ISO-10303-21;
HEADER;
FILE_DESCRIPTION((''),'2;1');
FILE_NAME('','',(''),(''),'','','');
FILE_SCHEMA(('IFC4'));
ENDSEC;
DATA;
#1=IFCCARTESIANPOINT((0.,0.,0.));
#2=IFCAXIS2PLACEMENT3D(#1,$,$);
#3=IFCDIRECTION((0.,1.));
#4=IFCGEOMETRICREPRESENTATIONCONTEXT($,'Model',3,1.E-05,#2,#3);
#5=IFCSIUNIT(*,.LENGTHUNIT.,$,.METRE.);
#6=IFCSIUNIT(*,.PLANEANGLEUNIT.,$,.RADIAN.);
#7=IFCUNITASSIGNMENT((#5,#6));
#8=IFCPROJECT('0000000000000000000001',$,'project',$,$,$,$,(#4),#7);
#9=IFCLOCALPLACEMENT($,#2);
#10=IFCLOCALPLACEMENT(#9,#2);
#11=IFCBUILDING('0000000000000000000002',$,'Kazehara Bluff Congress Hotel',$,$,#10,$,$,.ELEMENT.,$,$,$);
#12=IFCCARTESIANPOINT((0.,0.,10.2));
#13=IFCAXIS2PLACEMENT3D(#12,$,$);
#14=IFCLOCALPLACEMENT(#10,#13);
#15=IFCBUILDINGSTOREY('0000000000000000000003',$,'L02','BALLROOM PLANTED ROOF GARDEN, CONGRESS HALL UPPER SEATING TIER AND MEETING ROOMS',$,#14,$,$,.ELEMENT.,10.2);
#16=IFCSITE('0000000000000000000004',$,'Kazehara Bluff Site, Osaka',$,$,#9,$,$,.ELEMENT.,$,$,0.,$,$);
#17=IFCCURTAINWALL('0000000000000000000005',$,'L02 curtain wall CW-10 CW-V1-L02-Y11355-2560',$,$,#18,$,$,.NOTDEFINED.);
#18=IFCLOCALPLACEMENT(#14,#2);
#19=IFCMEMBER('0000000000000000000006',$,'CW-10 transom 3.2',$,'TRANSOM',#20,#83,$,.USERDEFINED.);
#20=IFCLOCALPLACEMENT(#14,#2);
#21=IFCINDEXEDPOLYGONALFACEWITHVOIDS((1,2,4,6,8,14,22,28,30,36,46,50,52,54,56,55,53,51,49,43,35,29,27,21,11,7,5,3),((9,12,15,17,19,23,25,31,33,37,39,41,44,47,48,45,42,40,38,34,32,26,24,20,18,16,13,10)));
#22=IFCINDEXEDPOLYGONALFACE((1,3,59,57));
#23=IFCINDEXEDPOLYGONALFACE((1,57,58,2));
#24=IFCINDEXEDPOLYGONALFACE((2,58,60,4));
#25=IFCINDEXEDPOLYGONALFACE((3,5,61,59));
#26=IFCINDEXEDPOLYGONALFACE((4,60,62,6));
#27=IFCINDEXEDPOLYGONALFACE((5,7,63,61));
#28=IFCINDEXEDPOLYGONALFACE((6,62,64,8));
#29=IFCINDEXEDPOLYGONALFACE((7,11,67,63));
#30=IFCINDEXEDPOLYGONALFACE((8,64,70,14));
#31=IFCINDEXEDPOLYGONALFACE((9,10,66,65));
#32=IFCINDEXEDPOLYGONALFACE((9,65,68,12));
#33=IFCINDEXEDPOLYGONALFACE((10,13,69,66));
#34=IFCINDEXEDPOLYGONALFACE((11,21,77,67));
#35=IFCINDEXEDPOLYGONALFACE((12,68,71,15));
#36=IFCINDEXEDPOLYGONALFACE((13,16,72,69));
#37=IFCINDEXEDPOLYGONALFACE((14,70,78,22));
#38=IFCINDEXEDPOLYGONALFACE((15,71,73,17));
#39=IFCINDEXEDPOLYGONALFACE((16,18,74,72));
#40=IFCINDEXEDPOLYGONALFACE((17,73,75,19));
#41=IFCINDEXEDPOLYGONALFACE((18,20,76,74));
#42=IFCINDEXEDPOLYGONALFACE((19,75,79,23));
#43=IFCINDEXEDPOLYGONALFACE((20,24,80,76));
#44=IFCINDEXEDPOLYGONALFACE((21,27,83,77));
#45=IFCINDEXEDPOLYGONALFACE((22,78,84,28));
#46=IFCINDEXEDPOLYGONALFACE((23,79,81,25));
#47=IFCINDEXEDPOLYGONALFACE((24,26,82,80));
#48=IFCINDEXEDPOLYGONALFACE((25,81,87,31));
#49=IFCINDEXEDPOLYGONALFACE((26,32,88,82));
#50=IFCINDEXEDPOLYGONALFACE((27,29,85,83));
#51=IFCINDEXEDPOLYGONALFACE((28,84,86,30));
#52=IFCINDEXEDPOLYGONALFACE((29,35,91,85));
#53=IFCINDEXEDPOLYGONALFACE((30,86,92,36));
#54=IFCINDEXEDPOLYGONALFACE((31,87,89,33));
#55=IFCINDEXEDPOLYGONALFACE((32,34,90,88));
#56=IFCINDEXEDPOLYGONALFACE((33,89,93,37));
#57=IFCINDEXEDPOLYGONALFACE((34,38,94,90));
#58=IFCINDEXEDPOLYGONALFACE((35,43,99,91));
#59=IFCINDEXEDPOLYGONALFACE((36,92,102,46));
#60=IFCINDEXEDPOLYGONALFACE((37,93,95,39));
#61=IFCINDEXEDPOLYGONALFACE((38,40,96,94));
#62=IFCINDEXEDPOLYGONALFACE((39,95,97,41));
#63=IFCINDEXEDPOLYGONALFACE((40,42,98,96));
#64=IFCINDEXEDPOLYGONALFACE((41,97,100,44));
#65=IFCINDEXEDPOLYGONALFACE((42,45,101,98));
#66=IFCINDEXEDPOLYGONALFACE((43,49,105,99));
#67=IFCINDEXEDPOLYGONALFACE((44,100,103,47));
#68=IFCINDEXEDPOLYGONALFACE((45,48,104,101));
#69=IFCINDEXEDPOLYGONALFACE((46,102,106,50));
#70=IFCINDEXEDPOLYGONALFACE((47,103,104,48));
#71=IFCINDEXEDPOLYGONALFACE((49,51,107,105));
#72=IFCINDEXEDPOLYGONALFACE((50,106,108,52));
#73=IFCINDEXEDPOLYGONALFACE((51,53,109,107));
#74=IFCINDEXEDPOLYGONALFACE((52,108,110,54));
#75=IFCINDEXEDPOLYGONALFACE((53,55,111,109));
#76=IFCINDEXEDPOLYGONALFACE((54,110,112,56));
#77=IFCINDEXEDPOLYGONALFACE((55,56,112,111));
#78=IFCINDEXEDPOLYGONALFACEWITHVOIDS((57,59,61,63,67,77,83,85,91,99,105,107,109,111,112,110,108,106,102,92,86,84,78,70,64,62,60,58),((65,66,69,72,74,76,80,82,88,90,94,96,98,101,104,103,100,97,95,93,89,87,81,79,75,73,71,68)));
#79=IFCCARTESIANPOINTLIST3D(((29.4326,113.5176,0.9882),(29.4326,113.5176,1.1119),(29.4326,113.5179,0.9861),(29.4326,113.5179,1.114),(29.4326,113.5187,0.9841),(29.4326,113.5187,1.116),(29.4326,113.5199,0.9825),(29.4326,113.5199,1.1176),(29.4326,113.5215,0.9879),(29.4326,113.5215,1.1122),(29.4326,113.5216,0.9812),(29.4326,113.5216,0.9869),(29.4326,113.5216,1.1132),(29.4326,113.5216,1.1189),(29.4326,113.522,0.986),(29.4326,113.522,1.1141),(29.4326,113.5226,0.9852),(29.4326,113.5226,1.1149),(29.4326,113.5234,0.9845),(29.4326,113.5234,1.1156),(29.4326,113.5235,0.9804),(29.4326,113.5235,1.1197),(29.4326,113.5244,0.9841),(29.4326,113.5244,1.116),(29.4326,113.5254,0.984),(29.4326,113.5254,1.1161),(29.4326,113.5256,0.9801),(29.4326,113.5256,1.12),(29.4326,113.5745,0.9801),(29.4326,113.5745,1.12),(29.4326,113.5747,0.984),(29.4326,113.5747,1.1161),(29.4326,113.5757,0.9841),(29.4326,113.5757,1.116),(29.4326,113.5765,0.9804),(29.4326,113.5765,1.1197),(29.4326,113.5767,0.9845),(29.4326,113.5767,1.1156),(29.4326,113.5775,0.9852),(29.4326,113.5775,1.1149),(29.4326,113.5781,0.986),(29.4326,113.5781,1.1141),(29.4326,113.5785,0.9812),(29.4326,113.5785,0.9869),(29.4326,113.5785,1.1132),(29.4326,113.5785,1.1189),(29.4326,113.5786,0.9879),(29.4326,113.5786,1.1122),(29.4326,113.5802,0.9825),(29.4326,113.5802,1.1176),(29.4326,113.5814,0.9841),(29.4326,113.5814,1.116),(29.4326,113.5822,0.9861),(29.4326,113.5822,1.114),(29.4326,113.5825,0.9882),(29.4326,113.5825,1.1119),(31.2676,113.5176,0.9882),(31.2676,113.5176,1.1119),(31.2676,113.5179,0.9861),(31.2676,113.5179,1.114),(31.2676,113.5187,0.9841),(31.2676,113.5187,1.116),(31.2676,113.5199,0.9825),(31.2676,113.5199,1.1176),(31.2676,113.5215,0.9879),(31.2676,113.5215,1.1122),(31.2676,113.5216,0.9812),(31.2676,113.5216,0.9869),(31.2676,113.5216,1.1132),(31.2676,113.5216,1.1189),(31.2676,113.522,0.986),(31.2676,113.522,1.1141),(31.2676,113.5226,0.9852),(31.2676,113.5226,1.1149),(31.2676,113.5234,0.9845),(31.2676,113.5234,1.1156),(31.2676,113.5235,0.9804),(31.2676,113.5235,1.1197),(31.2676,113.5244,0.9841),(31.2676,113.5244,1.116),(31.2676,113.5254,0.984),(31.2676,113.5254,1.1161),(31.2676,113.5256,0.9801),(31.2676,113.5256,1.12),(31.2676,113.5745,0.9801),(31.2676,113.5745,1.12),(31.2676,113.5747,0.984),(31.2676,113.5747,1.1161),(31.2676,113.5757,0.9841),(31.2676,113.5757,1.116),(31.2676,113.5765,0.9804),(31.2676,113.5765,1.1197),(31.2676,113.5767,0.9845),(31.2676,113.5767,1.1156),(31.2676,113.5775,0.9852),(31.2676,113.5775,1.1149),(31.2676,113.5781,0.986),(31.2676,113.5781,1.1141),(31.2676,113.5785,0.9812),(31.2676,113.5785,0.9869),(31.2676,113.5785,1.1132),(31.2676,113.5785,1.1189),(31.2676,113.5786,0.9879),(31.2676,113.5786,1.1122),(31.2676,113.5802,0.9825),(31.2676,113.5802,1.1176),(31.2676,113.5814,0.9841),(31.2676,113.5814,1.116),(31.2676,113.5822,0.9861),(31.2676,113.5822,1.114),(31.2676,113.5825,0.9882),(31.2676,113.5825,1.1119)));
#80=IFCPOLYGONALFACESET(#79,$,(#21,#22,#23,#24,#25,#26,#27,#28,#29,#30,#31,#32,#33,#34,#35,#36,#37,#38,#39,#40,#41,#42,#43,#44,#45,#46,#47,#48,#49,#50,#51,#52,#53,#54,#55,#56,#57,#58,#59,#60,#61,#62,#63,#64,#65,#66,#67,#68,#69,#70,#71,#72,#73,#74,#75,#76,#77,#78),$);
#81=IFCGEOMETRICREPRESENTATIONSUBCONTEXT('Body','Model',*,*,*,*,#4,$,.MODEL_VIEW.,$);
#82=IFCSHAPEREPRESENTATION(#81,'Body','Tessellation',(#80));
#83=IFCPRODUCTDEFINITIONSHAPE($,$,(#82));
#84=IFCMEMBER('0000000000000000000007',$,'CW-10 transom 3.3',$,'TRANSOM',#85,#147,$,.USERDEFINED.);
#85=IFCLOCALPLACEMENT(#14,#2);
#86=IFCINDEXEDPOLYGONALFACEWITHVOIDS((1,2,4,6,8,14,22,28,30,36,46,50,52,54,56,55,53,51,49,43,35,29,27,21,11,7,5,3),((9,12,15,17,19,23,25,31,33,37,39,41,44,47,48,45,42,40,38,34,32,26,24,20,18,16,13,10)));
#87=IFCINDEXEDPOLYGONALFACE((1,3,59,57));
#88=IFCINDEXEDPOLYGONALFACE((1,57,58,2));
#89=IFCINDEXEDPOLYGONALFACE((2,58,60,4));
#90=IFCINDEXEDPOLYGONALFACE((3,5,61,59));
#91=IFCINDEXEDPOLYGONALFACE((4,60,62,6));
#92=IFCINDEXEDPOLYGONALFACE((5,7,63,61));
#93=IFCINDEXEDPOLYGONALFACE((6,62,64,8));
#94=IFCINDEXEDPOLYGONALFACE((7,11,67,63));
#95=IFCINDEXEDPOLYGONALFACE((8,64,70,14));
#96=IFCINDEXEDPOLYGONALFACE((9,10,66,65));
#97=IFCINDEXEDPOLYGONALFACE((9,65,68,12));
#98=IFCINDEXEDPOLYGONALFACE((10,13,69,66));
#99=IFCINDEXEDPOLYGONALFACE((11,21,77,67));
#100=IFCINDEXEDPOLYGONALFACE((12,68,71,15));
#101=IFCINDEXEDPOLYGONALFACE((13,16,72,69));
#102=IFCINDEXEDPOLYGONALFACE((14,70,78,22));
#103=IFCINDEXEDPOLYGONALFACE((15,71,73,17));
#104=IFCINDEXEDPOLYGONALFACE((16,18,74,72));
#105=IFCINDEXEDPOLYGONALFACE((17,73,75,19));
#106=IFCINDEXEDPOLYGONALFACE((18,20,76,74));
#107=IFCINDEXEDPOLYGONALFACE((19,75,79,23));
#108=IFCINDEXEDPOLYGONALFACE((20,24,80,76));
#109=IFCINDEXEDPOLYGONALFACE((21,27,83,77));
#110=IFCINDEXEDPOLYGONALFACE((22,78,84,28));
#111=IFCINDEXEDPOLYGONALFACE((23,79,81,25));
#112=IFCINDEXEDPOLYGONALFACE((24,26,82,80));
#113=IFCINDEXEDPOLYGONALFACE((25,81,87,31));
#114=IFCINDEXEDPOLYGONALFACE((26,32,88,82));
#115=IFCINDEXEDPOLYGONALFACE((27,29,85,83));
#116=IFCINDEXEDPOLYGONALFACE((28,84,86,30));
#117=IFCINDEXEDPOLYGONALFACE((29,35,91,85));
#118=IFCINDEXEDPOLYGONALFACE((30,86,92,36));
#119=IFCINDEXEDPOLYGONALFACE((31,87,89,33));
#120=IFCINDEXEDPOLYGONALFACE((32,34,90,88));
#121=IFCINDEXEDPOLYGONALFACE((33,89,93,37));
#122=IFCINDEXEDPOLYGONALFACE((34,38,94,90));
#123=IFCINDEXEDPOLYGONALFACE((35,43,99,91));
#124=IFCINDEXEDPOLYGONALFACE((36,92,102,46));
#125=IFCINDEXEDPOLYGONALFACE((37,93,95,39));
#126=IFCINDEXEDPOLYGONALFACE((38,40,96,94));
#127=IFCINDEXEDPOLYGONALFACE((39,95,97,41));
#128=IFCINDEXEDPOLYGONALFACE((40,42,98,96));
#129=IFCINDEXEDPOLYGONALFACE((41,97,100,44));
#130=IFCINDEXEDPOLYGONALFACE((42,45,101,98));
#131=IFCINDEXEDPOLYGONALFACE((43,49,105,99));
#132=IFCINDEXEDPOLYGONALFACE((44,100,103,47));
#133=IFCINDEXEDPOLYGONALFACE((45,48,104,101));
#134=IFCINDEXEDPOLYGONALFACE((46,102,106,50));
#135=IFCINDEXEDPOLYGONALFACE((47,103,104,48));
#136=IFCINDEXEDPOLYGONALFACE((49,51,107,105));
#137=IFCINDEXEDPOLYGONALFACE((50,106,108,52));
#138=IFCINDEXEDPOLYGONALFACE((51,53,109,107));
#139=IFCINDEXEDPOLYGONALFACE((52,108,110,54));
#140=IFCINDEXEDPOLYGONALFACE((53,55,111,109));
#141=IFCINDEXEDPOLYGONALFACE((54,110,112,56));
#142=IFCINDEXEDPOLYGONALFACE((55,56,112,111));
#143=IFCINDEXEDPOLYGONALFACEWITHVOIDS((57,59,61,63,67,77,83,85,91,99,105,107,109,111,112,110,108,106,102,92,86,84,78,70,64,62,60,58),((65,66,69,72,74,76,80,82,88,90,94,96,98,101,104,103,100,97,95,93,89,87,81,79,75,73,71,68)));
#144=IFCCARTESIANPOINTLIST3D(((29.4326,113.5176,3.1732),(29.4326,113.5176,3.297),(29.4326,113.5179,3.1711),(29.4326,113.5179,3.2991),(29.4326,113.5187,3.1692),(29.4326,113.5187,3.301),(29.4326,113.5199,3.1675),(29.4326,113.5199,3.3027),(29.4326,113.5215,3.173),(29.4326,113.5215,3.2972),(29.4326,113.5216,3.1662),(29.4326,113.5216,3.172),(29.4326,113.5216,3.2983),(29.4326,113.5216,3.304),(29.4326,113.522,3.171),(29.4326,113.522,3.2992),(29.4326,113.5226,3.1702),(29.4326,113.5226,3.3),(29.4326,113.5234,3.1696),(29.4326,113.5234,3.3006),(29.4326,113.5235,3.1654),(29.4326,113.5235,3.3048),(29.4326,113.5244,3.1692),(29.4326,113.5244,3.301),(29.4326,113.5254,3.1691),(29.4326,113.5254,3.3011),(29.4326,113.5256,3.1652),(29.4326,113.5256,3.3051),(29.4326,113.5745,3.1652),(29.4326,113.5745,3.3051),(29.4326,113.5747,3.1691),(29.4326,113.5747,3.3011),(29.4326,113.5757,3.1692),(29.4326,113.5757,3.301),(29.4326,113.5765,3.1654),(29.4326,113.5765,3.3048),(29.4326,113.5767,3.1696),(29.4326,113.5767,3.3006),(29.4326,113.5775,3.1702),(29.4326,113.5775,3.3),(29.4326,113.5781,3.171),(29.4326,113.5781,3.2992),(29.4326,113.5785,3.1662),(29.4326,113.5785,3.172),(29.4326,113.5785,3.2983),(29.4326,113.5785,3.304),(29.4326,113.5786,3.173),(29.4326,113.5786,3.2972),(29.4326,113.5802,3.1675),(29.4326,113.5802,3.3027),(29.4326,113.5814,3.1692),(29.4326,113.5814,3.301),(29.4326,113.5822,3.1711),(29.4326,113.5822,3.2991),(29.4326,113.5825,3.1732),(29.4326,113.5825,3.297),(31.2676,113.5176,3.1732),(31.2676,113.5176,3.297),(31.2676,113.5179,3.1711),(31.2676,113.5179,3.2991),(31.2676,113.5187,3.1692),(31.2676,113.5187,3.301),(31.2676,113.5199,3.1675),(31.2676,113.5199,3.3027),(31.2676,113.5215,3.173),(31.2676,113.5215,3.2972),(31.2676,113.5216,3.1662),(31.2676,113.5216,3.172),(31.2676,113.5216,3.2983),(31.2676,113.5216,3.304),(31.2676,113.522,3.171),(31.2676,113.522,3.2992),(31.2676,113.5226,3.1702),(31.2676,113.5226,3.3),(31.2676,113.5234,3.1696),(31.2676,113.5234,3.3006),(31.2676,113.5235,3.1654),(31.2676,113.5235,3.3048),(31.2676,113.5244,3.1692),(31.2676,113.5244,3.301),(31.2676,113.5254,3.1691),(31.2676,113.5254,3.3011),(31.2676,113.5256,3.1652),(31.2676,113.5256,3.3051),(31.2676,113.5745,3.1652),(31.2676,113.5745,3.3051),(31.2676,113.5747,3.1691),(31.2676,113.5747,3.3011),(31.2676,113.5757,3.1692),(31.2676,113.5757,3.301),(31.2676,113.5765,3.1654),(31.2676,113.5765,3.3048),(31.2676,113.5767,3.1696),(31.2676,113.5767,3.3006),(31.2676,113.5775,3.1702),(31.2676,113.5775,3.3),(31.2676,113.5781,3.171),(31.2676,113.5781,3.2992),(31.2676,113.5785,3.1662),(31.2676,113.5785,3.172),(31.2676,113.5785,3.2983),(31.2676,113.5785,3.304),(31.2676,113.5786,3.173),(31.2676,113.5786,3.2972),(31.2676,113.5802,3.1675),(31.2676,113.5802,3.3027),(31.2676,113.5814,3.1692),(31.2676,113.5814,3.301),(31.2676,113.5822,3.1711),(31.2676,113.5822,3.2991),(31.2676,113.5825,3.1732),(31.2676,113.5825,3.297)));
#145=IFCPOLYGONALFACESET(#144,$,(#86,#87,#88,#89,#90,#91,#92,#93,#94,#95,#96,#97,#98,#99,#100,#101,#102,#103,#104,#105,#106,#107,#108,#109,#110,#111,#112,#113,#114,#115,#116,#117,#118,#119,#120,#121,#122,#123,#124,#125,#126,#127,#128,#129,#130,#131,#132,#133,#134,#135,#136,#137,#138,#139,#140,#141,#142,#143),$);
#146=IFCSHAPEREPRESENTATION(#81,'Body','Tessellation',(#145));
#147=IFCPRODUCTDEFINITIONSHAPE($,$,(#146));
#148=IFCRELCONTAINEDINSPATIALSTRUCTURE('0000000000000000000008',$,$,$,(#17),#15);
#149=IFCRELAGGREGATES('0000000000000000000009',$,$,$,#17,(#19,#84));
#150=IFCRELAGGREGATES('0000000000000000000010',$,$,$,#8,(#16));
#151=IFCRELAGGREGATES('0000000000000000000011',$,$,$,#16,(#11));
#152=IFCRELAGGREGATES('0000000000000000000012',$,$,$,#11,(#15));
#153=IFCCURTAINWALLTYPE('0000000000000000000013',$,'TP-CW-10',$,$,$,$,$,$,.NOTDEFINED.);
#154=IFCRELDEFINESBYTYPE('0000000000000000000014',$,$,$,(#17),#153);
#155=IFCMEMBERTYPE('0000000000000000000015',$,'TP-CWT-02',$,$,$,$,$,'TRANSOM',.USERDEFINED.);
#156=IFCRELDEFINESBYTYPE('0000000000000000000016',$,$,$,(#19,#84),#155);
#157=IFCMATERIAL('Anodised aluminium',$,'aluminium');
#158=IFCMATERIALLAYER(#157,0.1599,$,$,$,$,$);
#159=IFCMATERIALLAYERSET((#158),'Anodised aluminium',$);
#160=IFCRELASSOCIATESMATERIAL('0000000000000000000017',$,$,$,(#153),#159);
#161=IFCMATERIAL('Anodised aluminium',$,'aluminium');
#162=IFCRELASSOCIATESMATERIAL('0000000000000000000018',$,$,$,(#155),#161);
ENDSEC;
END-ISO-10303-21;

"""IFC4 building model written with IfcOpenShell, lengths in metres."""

from ifc_helpers import new_model, si_unit, direction, frame, origin, origin_2d, place, context, subcontext, project, spatial, hollow_rectangle, extrude, material, layer, layer_set, material_profile, profile_set, type_object, element, aggregate, save


model = new_model("IFC4")

# Units and contexts
model_context = context("Model", 3, precision=1e-05, world=origin(), true_north=direction((0.0, 1.0)))
body_context = subcontext(model_context, "Body", "Model", "MODEL_VIEW")
ifc_project = project(units=[si_unit("LENGTHUNIT", "METRE"), si_unit("PLANEANGLEUNIT", "RADIAN")], contexts=[model_context])

# Site, building, storey
site_placement = place(None, origin())
site = spatial("IfcSite", under=ifc_project, at=site_placement, Name="Kazehara Bluff Site, Osaka", CompositionType="ELEMENT", RefElevation=0.0)
building_placement = place(site_placement, origin())
building = spatial("IfcBuilding", under=site, at=building_placement, Name="Kazehara Bluff Congress Hotel", CompositionType="ELEMENT")
storey_placement = place(building_placement, frame((0.0, 0.0, 10.2)))
storey = spatial("IfcBuildingStorey", under=building, at=storey_placement, Name="L02", Description="BALLROOM PLANTED ROOF GARDEN, CONGRESS HALL UPPER SEATING TIER AND MEETING ROOMS", CompositionType="ELEMENT", Elevation=10.2)

# Curtain wall
ifc_material_1 = material(Name="Anodised aluminium", Category="aluminium")
ifc_layer_1 = layer(ifc_material_1, 0.1599)
ifc_layer_set_1 = layer_set([ifc_layer_1], Name="Anodised aluminium")
curtain_wall_type = type_object("IfcCurtainWallType", Name="TP-CW-10", PredefinedType="NOTDEFINED", material=ifc_layer_set_1)
curtain_wall_1_placement = place(storey_placement, origin())
curtain_wall_1 = element("IfcCurtainWall", 1, at=curtain_wall_1_placement, inside=storey, type_object=curtain_wall_type, Name="L02 curtain wall CW-10 CW-V1-L02-Y11355-2560", PredefinedType="NOTDEFINED")

# Members
ifc_material_2 = material(Name="Anodised aluminium", Category="aluminium")
ifc_material_profile_1 = material_profile(ifc_material_2, hollow_rectangle(XDim=0.0649, YDim=0.1399, WallThickness=0.0039, InnerFilletRadius=0.0039, OuterFilletRadius=0.0081, at=origin_2d()))
ifc_profile_set_1 = profile_set([ifc_material_profile_1], Name="Anodised aluminium")
member_type_1 = type_object("IfcMemberType", Name="TP-CWT-02", ElementType="TRANSOM", PredefinedType="USERDEFINED", material=ifc_profile_set_1)
member_1_placement = place(storey_placement, frame((29.4326, 113.55, 1.05), z_axis=(1.0, 0.0, 0.0), x_axis=(0.0, 1.0, 0.0)))
member_1 = element("IfcMember", 2, at=member_1_placement, type_object=member_type_1, Name="CW-10 transom 3.2", ObjectType="TRANSOM", PredefinedType="USERDEFINED", context=body_context, shape_type="SweptSolid", body=[
    extrude(hollow_rectangle(XDim=0.0649, YDim=0.1399, WallThickness=0.0039, InnerFilletRadius=0.0039, OuterFilletRadius=0.0081, at=origin_2d()), origin(), (0.0, 0.0, 1.0), 1.835),
])
member_2_placement = place(storey_placement, frame((29.4326, 113.55, 3.2351), z_axis=(1.0, 0.0, 0.0), x_axis=(0.0, 1.0, 0.0)))
member_2 = element("IfcMember", 3, at=member_2_placement, type_object=member_type_1, Name="CW-10 transom 3.3", ObjectType="TRANSOM", PredefinedType="USERDEFINED", context=body_context, shape_type="SweptSolid", body=[
    extrude(hollow_rectangle(XDim=0.0649, YDim=0.1399, WallThickness=0.0039, InnerFilletRadius=0.0039, OuterFilletRadius=0.0081, at=origin_2d()), origin(), (0.0, 0.0, 1.0), 1.835),
])

aggregate(curtain_wall_1, [member_1, member_2])

save(model, "model.ifc")
